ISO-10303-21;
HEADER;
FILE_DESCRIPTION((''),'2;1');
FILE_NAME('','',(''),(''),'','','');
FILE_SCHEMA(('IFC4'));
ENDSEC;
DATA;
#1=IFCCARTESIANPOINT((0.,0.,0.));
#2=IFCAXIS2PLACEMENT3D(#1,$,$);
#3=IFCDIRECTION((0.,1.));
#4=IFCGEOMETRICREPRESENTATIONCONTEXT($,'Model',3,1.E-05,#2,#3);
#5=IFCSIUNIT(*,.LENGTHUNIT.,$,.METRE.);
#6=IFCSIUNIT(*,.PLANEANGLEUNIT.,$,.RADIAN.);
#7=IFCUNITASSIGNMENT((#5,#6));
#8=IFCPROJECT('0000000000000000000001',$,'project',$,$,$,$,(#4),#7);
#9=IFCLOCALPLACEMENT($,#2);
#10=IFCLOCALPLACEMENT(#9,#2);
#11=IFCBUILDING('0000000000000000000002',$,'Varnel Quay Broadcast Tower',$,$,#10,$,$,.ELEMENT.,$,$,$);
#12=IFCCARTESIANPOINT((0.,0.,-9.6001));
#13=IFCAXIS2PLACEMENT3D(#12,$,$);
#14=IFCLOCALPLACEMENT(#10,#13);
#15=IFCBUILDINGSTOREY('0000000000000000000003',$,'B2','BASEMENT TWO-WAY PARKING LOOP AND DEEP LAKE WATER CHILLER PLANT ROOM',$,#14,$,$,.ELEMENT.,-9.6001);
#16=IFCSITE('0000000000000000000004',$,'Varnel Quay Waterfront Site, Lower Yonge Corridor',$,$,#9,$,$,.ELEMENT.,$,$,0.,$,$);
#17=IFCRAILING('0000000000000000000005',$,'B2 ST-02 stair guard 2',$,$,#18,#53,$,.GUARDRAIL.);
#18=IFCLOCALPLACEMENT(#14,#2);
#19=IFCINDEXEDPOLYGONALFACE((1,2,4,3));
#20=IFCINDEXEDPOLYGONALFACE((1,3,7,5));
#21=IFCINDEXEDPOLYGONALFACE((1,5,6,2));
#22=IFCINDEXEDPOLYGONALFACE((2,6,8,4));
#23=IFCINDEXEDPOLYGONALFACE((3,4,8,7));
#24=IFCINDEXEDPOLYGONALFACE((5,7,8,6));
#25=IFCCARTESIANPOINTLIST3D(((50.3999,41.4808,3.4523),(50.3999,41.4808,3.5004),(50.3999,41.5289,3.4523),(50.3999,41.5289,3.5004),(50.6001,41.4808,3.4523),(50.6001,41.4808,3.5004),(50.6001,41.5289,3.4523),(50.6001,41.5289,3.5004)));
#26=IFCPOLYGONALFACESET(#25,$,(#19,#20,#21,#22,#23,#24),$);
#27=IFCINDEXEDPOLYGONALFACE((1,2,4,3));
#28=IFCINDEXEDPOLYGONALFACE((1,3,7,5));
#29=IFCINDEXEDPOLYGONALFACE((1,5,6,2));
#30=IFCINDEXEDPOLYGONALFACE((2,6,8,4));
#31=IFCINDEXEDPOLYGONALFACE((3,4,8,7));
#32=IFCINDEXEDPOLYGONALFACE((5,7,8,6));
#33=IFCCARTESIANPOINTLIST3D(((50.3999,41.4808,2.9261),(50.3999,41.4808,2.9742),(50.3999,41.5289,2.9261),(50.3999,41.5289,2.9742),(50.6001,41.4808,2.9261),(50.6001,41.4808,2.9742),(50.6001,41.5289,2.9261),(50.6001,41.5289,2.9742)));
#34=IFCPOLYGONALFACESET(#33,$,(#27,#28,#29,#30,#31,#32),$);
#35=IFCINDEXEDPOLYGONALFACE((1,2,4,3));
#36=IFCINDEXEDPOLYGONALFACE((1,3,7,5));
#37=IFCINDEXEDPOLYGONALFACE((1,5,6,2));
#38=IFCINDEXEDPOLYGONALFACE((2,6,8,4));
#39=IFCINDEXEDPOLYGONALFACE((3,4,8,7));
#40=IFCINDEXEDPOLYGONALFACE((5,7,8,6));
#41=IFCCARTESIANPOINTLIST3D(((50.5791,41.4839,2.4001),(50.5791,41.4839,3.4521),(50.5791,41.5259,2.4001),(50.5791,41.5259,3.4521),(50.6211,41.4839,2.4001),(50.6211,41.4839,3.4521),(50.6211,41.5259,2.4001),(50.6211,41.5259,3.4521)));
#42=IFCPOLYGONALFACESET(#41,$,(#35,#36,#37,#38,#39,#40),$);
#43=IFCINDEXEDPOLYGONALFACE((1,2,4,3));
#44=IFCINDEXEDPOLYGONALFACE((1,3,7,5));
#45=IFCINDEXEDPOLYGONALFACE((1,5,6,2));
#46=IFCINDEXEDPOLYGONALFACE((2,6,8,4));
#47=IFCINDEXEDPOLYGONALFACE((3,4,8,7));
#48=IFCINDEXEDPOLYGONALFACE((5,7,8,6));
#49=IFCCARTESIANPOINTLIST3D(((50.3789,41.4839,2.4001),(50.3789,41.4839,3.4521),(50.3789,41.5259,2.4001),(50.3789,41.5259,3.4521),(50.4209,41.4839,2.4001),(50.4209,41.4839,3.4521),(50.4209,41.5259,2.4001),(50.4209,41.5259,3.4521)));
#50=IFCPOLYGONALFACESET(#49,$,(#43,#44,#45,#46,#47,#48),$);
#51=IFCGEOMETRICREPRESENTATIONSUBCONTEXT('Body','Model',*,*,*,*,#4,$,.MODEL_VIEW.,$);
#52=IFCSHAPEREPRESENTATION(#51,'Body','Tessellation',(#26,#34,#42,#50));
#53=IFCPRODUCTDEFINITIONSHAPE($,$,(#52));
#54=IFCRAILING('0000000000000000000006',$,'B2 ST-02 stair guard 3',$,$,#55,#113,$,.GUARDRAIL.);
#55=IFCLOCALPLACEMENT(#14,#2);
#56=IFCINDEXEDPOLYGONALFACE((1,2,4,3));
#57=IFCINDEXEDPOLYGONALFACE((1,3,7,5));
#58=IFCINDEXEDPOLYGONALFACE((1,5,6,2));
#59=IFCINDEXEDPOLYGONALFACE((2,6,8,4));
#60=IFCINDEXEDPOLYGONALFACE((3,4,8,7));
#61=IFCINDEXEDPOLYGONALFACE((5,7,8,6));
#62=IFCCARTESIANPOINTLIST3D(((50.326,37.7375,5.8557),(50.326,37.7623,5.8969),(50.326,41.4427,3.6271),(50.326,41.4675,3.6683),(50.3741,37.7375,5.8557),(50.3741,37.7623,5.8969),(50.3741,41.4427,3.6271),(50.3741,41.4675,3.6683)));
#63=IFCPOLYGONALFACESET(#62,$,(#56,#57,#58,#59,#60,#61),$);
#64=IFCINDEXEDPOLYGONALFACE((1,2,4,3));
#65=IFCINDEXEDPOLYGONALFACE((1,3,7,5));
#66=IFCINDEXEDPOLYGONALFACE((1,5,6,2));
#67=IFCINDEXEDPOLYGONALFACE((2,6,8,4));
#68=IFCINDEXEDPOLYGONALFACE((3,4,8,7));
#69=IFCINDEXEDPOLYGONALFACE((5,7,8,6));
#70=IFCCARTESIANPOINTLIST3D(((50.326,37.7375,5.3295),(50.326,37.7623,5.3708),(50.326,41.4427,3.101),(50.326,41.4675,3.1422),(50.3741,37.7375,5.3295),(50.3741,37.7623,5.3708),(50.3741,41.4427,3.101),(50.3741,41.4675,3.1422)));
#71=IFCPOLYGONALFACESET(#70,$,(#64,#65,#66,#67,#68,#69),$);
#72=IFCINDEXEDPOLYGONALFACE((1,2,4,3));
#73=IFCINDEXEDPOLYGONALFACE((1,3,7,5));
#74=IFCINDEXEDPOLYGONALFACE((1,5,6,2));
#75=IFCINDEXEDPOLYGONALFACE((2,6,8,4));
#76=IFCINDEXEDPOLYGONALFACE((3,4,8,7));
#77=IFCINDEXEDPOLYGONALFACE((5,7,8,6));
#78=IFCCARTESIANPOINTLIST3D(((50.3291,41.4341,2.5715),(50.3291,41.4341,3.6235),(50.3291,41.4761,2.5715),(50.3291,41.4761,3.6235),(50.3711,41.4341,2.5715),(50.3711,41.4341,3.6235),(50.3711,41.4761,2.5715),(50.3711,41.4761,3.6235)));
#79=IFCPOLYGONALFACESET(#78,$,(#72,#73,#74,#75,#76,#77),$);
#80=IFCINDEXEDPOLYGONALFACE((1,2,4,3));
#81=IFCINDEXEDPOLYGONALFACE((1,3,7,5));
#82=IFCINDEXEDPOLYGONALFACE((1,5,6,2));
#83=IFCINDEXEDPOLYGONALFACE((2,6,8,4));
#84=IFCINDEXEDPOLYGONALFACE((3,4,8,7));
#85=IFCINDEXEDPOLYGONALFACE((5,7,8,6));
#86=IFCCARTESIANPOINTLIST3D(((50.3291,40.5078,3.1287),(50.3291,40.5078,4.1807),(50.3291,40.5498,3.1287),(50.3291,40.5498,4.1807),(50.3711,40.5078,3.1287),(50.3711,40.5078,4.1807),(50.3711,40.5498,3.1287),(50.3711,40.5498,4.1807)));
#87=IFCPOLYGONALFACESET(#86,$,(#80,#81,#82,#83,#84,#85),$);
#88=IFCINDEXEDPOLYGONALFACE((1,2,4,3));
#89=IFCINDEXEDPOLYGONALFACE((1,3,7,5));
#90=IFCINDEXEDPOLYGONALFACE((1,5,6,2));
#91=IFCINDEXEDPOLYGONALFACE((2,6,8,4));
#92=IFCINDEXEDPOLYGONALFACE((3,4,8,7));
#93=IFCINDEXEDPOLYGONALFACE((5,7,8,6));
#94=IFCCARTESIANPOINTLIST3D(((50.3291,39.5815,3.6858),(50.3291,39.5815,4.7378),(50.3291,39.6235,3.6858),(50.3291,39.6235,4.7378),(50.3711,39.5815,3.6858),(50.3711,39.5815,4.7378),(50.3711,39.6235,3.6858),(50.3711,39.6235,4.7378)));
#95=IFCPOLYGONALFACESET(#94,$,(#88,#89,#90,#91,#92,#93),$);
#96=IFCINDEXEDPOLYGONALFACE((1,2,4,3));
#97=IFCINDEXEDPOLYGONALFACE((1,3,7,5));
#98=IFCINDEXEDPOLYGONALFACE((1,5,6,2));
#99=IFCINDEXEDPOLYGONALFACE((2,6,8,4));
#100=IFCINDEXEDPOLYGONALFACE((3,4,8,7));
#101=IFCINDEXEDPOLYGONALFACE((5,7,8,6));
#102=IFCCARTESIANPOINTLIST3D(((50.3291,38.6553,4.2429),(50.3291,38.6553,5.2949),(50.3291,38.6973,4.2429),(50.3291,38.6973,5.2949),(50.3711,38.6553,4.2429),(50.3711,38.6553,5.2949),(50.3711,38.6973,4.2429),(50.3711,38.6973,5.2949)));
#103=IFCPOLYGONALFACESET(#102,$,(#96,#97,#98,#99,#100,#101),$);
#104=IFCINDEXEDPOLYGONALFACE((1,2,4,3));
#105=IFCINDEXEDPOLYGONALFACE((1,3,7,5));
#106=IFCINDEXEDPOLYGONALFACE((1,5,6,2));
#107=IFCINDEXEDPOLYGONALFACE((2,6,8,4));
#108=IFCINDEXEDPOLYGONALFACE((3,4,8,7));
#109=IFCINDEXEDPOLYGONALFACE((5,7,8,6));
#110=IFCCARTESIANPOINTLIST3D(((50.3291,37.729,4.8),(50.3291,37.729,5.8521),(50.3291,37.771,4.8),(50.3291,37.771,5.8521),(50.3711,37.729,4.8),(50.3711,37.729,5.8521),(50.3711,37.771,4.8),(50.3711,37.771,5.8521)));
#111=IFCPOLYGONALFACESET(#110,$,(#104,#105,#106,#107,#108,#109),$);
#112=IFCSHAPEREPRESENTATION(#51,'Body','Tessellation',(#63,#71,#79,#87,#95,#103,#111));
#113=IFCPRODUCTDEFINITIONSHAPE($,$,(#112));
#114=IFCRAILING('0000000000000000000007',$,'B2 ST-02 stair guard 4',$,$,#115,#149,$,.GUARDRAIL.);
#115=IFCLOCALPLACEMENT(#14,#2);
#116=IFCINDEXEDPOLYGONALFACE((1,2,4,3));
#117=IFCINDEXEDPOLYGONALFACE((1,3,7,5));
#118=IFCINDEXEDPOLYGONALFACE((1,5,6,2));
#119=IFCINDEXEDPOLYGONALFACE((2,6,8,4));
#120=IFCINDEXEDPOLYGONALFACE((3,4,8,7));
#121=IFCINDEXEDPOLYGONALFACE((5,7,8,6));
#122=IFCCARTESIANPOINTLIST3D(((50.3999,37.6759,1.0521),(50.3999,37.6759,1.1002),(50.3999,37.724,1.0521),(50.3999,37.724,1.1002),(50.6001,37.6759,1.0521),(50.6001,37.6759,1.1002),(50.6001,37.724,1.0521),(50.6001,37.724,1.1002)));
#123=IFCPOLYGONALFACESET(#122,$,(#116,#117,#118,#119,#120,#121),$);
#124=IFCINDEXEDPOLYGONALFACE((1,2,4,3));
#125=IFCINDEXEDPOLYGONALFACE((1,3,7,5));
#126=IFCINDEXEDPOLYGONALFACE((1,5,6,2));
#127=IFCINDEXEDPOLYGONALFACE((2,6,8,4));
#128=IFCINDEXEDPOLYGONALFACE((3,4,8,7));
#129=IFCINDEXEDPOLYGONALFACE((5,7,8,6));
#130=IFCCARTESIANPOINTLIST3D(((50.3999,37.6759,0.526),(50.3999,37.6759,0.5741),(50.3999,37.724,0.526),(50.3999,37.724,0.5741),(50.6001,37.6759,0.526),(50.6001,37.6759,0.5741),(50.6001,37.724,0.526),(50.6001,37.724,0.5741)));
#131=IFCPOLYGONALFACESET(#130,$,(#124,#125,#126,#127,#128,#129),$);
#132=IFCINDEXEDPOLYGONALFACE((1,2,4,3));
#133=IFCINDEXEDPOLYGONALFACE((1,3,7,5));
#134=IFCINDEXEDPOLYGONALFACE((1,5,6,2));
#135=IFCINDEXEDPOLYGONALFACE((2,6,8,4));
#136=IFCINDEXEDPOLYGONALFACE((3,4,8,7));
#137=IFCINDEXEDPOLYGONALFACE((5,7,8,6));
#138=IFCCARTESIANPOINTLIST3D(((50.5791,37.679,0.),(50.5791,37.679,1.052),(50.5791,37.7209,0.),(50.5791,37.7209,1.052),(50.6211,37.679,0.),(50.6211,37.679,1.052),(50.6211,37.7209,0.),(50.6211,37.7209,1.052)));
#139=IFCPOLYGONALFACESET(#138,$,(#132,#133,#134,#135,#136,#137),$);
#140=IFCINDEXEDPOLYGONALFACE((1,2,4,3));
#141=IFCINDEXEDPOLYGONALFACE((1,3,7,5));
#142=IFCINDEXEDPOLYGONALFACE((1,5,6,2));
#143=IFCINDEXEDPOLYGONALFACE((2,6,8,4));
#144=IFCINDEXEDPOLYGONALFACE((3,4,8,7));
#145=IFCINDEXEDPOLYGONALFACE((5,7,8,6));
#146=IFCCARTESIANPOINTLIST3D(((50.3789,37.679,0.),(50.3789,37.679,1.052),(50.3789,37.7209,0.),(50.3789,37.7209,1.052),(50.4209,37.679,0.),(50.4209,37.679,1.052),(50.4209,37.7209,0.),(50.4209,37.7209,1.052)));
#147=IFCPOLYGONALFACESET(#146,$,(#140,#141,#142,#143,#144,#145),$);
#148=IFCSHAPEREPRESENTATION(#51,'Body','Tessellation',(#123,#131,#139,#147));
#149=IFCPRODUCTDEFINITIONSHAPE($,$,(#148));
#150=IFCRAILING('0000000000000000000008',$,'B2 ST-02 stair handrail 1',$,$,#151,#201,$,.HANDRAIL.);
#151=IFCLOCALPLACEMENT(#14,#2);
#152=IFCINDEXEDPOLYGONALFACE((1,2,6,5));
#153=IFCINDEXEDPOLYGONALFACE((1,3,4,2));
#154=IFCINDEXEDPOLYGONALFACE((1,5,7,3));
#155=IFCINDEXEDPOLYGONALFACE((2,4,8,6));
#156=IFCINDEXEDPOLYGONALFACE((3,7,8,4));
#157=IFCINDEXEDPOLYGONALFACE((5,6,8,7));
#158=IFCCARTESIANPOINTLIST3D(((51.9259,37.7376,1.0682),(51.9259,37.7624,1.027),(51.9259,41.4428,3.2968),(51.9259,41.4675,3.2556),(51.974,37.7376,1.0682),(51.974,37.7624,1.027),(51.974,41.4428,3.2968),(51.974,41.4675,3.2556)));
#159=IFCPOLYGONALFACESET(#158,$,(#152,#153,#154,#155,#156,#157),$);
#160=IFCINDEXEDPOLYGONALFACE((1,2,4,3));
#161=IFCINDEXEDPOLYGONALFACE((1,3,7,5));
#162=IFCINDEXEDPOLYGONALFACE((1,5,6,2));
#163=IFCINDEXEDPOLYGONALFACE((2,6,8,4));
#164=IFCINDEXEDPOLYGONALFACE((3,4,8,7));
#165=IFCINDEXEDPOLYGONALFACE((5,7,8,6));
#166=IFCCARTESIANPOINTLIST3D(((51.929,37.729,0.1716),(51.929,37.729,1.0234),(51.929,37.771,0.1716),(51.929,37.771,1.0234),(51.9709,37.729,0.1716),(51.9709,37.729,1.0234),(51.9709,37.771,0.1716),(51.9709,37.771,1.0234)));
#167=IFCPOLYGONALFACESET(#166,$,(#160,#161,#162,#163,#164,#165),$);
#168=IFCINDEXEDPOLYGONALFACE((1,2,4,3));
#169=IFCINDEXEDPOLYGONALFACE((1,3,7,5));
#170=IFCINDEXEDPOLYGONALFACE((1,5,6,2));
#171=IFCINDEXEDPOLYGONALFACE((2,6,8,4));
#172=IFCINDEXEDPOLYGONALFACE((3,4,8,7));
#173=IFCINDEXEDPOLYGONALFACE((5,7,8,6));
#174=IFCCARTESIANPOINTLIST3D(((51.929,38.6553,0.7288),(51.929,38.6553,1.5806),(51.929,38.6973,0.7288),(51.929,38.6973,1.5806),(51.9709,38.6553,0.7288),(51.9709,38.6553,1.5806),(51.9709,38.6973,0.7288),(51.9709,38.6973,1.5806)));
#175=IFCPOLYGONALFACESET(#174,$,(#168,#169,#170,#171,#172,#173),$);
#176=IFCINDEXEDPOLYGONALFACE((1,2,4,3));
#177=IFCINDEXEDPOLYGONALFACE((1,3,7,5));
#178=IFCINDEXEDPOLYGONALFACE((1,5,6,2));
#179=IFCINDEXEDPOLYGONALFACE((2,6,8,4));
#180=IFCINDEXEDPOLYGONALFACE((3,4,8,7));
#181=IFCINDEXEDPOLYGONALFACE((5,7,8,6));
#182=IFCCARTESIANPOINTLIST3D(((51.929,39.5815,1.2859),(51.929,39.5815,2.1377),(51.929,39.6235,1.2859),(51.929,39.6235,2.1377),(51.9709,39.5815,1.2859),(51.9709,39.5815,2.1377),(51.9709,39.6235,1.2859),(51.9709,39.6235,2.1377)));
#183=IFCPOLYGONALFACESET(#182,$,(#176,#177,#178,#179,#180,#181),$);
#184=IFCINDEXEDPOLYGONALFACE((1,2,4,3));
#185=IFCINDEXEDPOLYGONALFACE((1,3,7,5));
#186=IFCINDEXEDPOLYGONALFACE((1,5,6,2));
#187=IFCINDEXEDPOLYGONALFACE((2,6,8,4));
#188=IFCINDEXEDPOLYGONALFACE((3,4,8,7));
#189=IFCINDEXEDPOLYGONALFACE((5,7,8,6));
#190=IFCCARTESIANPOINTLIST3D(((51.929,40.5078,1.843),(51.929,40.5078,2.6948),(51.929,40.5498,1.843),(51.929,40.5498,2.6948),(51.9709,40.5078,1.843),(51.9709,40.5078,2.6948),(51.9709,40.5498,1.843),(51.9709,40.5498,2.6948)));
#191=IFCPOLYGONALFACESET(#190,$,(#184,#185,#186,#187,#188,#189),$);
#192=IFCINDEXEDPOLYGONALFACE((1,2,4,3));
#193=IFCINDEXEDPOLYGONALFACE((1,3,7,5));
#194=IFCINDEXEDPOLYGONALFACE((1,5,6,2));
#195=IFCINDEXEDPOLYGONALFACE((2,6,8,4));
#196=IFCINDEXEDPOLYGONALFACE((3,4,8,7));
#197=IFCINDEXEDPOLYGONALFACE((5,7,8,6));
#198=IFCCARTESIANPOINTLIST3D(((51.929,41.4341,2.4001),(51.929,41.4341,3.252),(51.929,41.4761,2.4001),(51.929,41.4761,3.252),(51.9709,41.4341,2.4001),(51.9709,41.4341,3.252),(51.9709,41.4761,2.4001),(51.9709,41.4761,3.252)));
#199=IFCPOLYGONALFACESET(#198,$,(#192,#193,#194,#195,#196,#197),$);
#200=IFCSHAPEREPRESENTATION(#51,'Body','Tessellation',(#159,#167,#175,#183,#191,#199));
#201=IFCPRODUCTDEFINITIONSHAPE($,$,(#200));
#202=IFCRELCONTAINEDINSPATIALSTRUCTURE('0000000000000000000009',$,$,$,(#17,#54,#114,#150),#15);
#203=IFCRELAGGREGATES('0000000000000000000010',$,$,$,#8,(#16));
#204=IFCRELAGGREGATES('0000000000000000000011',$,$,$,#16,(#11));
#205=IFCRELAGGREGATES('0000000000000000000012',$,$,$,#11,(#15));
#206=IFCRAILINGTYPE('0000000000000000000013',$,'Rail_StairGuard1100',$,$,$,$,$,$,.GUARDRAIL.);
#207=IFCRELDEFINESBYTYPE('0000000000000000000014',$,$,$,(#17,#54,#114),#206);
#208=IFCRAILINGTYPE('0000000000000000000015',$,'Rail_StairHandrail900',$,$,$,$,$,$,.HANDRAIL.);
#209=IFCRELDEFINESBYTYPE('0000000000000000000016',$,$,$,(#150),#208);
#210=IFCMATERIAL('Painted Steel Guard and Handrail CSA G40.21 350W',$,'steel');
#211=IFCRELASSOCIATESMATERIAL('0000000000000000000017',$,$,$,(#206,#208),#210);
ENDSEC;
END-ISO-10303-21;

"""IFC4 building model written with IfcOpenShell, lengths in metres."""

from ifc_helpers import new_model, si_unit, direction, frame, origin, origin_2d, place, context, subcontext, project, spatial, rectangle, extrude, material, type_object, element, save


model = new_model("IFC4")

# Units and contexts
model_context = context("Model", 3, precision=1e-05, world=origin(), true_north=direction((0.0, 1.0)))
body_context = subcontext(model_context, "Body", "Model", "MODEL_VIEW")
ifc_project = project(units=[si_unit("LENGTHUNIT", "METRE"), si_unit("PLANEANGLEUNIT", "RADIAN")], contexts=[model_context])

# Site, building, storey
site_placement = place(None, origin())
site = spatial("IfcSite", under=ifc_project, at=site_placement, Name="Varnel Quay Waterfront Site, Lower Yonge Corridor", CompositionType="ELEMENT", RefElevation=0.0)
building_placement = place(site_placement, origin())
building = spatial("IfcBuilding", under=site, at=building_placement, Name="Varnel Quay Broadcast Tower", CompositionType="ELEMENT")
storey_placement = place(building_placement, frame((0.0, 0.0, -9.6001)))
storey = spatial("IfcBuildingStorey", under=building, at=storey_placement, Name="B2", Description="BASEMENT TWO-WAY PARKING LOOP AND DEEP LAKE WATER CHILLER PLANT ROOM", CompositionType="ELEMENT", Elevation=-9.6001)

# Railings
ifc_material_1 = material(Name="Painted Steel Guard and Handrail CSA G40.21 350W", Category="steel")
railing_type_1 = type_object("IfcRailingType", Name="Rail_StairGuard1100", PredefinedType="GUARDRAIL", material=ifc_material_1)
railing_1_placement = place(storey_placement, frame((50.6001, 41.5049, 2.4001)))
element("IfcRailing", 1, at=railing_1_placement, inside=storey, type_object=railing_type_1, Name="B2 ST-02 stair guard 2", PredefinedType="GUARDRAIL", context=body_context, shape_type="SweptSolid", body=[
    extrude(rectangle(XDim=0.0481, YDim=0.0481, at=origin_2d()), frame((0.0, 0.0, 1.0762), z_axis=(-1.0, 0.0, 0.0), x_axis=(0.0, -1.0, 0.0)), (0.0, 0.0, 1.0), 0.2002),
    extrude(rectangle(XDim=0.0481, YDim=0.0481, at=origin_2d()), frame((0.0, 0.0, 0.55), z_axis=(-1.0, 0.0, 0.0), x_axis=(0.0, -1.0, 0.0)), (0.0, 0.0, 1.0), 0.2002),
    extrude(rectangle(XDim=0.042, YDim=0.042, at=origin_2d()), origin(), (0.0, 0.0, 1.0), 1.052),
    extrude(rectangle(XDim=0.042, YDim=0.042, at=origin_2d()), frame((-0.2002, 0.0, 0.0)), (0.0, 0.0, 1.0), 1.052),
])
railing_2_placement = place(storey_placement, frame((50.3501, 41.4551, 2.5715)))
element("IfcRailing", 2, at=railing_2_placement, inside=storey, type_object=railing_type_1, Name="B2 ST-02 stair guard 3", PredefinedType="GUARDRAIL", context=body_context, shape_type="SweptSolid", body=[
    extrude(rectangle(XDim=0.0481, YDim=0.0481, at=origin_2d()), frame((0.0, 0.0, 1.0762), z_axis=(0.0, -0.856934, 0.515425), x_axis=(1.0, 0.0, 0.0)), (0.0, 0.0, 1.0), 4.3237),
    extrude(rectangle(XDim=0.0481, YDim=0.0481, at=origin_2d()), frame((0.0, 0.0, 0.55), z_axis=(0.0, -0.856934, 0.515425), x_axis=(1.0, 0.0, 0.0)), (0.0, 0.0, 1.0), 4.3237),
    extrude(rectangle(XDim=0.042, YDim=0.042, at=origin_2d()), origin(), (0.0, 0.0, 1.0), 1.052),
    extrude(rectangle(XDim=0.042, YDim=0.042, at=origin_2d()), frame((0.0, -0.9263, 0.5571)), (0.0, 0.0, 1.0), 1.052),
    extrude(rectangle(XDim=0.042, YDim=0.042, at=origin_2d()), frame((0.0, -1.8525, 1.1143)), (0.0, 0.0, 1.0), 1.052),
    extrude(rectangle(XDim=0.042, YDim=0.042, at=origin_2d()), frame((0.0, -2.7788, 1.6714)), (0.0, 0.0, 1.0), 1.052),
    extrude(rectangle(XDim=0.042, YDim=0.042, at=origin_2d()), frame((0.0, -3.7051, 2.2285)), (0.0, 0.0, 1.0), 1.052),
])
railing_3_placement = place(storey_placement, frame((50.6001, 37.7, 0.0)))
element("IfcRailing", 3, at=railing_3_placement, inside=storey, type_object=railing_type_1, Name="B2 ST-02 stair guard 4", PredefinedType="GUARDRAIL", context=body_context, shape_type="SweptSolid", body=[
    extrude(rectangle(XDim=0.0481, YDim=0.0481, at=origin_2d()), frame((0.0, 0.0, 1.0762), z_axis=(-1.0, 0.0, 0.0), x_axis=(0.0, -1.0, 0.0)), (0.0, 0.0, 1.0), 0.2002),
    extrude(rectangle(XDim=0.0481, YDim=0.0481, at=origin_2d()), frame((0.0, 0.0, 0.55), z_axis=(-1.0, 0.0, 0.0), x_axis=(0.0, -1.0, 0.0)), (0.0, 0.0, 1.0), 0.2002),
    extrude(rectangle(XDim=0.042, YDim=0.042, at=origin_2d()), origin(), (0.0, 0.0, 1.0), 1.052),
    extrude(rectangle(XDim=0.042, YDim=0.042, at=origin_2d()), frame((-0.2002, 0.0, 0.0)), (0.0, 0.0, 1.0), 1.052),
])
railing_type_2 = type_object("IfcRailingType", Name="Rail_StairHandrail900", PredefinedType="HANDRAIL", material=ifc_material_1)
railing_4_placement = place(storey_placement, frame((51.95, 37.75, 0.1716)))
element("IfcRailing", 4, at=railing_4_placement, inside=storey, type_object=railing_type_2, Name="B2 ST-02 stair handrail 1", PredefinedType="HANDRAIL", context=body_context, shape_type="SweptSolid", body=[
    extrude(rectangle(XDim=0.0481, YDim=0.0481, at=origin_2d()), frame((0.0, 0.0, 0.876), z_axis=(0.0, 0.856934, 0.515425), x_axis=(-1.0, 0.0, 0.0)), (0.0, 0.0, 1.0), 4.3237),
    extrude(rectangle(XDim=0.042, YDim=0.042, at=origin_2d()), origin(), (0.0, 0.0, 1.0), 0.8518),
    extrude(rectangle(XDim=0.042, YDim=0.042, at=origin_2d()), frame((0.0, 0.9263, 0.5571)), (0.0, 0.0, 1.0), 0.8518),
    extrude(rectangle(XDim=0.042, YDim=0.042, at=origin_2d()), frame((0.0, 1.8525, 1.1143)), (0.0, 0.0, 1.0), 0.8518),
    extrude(rectangle(XDim=0.042, YDim=0.042, at=origin_2d()), frame((0.0, 2.7788, 1.6714)), (0.0, 0.0, 1.0), 0.8518),
    extrude(rectangle(XDim=0.042, YDim=0.042, at=origin_2d()), frame((0.0, 3.7051, 2.2285)), (0.0, 0.0, 1.0), 0.8518),
])

save(model, "model.ifc")
